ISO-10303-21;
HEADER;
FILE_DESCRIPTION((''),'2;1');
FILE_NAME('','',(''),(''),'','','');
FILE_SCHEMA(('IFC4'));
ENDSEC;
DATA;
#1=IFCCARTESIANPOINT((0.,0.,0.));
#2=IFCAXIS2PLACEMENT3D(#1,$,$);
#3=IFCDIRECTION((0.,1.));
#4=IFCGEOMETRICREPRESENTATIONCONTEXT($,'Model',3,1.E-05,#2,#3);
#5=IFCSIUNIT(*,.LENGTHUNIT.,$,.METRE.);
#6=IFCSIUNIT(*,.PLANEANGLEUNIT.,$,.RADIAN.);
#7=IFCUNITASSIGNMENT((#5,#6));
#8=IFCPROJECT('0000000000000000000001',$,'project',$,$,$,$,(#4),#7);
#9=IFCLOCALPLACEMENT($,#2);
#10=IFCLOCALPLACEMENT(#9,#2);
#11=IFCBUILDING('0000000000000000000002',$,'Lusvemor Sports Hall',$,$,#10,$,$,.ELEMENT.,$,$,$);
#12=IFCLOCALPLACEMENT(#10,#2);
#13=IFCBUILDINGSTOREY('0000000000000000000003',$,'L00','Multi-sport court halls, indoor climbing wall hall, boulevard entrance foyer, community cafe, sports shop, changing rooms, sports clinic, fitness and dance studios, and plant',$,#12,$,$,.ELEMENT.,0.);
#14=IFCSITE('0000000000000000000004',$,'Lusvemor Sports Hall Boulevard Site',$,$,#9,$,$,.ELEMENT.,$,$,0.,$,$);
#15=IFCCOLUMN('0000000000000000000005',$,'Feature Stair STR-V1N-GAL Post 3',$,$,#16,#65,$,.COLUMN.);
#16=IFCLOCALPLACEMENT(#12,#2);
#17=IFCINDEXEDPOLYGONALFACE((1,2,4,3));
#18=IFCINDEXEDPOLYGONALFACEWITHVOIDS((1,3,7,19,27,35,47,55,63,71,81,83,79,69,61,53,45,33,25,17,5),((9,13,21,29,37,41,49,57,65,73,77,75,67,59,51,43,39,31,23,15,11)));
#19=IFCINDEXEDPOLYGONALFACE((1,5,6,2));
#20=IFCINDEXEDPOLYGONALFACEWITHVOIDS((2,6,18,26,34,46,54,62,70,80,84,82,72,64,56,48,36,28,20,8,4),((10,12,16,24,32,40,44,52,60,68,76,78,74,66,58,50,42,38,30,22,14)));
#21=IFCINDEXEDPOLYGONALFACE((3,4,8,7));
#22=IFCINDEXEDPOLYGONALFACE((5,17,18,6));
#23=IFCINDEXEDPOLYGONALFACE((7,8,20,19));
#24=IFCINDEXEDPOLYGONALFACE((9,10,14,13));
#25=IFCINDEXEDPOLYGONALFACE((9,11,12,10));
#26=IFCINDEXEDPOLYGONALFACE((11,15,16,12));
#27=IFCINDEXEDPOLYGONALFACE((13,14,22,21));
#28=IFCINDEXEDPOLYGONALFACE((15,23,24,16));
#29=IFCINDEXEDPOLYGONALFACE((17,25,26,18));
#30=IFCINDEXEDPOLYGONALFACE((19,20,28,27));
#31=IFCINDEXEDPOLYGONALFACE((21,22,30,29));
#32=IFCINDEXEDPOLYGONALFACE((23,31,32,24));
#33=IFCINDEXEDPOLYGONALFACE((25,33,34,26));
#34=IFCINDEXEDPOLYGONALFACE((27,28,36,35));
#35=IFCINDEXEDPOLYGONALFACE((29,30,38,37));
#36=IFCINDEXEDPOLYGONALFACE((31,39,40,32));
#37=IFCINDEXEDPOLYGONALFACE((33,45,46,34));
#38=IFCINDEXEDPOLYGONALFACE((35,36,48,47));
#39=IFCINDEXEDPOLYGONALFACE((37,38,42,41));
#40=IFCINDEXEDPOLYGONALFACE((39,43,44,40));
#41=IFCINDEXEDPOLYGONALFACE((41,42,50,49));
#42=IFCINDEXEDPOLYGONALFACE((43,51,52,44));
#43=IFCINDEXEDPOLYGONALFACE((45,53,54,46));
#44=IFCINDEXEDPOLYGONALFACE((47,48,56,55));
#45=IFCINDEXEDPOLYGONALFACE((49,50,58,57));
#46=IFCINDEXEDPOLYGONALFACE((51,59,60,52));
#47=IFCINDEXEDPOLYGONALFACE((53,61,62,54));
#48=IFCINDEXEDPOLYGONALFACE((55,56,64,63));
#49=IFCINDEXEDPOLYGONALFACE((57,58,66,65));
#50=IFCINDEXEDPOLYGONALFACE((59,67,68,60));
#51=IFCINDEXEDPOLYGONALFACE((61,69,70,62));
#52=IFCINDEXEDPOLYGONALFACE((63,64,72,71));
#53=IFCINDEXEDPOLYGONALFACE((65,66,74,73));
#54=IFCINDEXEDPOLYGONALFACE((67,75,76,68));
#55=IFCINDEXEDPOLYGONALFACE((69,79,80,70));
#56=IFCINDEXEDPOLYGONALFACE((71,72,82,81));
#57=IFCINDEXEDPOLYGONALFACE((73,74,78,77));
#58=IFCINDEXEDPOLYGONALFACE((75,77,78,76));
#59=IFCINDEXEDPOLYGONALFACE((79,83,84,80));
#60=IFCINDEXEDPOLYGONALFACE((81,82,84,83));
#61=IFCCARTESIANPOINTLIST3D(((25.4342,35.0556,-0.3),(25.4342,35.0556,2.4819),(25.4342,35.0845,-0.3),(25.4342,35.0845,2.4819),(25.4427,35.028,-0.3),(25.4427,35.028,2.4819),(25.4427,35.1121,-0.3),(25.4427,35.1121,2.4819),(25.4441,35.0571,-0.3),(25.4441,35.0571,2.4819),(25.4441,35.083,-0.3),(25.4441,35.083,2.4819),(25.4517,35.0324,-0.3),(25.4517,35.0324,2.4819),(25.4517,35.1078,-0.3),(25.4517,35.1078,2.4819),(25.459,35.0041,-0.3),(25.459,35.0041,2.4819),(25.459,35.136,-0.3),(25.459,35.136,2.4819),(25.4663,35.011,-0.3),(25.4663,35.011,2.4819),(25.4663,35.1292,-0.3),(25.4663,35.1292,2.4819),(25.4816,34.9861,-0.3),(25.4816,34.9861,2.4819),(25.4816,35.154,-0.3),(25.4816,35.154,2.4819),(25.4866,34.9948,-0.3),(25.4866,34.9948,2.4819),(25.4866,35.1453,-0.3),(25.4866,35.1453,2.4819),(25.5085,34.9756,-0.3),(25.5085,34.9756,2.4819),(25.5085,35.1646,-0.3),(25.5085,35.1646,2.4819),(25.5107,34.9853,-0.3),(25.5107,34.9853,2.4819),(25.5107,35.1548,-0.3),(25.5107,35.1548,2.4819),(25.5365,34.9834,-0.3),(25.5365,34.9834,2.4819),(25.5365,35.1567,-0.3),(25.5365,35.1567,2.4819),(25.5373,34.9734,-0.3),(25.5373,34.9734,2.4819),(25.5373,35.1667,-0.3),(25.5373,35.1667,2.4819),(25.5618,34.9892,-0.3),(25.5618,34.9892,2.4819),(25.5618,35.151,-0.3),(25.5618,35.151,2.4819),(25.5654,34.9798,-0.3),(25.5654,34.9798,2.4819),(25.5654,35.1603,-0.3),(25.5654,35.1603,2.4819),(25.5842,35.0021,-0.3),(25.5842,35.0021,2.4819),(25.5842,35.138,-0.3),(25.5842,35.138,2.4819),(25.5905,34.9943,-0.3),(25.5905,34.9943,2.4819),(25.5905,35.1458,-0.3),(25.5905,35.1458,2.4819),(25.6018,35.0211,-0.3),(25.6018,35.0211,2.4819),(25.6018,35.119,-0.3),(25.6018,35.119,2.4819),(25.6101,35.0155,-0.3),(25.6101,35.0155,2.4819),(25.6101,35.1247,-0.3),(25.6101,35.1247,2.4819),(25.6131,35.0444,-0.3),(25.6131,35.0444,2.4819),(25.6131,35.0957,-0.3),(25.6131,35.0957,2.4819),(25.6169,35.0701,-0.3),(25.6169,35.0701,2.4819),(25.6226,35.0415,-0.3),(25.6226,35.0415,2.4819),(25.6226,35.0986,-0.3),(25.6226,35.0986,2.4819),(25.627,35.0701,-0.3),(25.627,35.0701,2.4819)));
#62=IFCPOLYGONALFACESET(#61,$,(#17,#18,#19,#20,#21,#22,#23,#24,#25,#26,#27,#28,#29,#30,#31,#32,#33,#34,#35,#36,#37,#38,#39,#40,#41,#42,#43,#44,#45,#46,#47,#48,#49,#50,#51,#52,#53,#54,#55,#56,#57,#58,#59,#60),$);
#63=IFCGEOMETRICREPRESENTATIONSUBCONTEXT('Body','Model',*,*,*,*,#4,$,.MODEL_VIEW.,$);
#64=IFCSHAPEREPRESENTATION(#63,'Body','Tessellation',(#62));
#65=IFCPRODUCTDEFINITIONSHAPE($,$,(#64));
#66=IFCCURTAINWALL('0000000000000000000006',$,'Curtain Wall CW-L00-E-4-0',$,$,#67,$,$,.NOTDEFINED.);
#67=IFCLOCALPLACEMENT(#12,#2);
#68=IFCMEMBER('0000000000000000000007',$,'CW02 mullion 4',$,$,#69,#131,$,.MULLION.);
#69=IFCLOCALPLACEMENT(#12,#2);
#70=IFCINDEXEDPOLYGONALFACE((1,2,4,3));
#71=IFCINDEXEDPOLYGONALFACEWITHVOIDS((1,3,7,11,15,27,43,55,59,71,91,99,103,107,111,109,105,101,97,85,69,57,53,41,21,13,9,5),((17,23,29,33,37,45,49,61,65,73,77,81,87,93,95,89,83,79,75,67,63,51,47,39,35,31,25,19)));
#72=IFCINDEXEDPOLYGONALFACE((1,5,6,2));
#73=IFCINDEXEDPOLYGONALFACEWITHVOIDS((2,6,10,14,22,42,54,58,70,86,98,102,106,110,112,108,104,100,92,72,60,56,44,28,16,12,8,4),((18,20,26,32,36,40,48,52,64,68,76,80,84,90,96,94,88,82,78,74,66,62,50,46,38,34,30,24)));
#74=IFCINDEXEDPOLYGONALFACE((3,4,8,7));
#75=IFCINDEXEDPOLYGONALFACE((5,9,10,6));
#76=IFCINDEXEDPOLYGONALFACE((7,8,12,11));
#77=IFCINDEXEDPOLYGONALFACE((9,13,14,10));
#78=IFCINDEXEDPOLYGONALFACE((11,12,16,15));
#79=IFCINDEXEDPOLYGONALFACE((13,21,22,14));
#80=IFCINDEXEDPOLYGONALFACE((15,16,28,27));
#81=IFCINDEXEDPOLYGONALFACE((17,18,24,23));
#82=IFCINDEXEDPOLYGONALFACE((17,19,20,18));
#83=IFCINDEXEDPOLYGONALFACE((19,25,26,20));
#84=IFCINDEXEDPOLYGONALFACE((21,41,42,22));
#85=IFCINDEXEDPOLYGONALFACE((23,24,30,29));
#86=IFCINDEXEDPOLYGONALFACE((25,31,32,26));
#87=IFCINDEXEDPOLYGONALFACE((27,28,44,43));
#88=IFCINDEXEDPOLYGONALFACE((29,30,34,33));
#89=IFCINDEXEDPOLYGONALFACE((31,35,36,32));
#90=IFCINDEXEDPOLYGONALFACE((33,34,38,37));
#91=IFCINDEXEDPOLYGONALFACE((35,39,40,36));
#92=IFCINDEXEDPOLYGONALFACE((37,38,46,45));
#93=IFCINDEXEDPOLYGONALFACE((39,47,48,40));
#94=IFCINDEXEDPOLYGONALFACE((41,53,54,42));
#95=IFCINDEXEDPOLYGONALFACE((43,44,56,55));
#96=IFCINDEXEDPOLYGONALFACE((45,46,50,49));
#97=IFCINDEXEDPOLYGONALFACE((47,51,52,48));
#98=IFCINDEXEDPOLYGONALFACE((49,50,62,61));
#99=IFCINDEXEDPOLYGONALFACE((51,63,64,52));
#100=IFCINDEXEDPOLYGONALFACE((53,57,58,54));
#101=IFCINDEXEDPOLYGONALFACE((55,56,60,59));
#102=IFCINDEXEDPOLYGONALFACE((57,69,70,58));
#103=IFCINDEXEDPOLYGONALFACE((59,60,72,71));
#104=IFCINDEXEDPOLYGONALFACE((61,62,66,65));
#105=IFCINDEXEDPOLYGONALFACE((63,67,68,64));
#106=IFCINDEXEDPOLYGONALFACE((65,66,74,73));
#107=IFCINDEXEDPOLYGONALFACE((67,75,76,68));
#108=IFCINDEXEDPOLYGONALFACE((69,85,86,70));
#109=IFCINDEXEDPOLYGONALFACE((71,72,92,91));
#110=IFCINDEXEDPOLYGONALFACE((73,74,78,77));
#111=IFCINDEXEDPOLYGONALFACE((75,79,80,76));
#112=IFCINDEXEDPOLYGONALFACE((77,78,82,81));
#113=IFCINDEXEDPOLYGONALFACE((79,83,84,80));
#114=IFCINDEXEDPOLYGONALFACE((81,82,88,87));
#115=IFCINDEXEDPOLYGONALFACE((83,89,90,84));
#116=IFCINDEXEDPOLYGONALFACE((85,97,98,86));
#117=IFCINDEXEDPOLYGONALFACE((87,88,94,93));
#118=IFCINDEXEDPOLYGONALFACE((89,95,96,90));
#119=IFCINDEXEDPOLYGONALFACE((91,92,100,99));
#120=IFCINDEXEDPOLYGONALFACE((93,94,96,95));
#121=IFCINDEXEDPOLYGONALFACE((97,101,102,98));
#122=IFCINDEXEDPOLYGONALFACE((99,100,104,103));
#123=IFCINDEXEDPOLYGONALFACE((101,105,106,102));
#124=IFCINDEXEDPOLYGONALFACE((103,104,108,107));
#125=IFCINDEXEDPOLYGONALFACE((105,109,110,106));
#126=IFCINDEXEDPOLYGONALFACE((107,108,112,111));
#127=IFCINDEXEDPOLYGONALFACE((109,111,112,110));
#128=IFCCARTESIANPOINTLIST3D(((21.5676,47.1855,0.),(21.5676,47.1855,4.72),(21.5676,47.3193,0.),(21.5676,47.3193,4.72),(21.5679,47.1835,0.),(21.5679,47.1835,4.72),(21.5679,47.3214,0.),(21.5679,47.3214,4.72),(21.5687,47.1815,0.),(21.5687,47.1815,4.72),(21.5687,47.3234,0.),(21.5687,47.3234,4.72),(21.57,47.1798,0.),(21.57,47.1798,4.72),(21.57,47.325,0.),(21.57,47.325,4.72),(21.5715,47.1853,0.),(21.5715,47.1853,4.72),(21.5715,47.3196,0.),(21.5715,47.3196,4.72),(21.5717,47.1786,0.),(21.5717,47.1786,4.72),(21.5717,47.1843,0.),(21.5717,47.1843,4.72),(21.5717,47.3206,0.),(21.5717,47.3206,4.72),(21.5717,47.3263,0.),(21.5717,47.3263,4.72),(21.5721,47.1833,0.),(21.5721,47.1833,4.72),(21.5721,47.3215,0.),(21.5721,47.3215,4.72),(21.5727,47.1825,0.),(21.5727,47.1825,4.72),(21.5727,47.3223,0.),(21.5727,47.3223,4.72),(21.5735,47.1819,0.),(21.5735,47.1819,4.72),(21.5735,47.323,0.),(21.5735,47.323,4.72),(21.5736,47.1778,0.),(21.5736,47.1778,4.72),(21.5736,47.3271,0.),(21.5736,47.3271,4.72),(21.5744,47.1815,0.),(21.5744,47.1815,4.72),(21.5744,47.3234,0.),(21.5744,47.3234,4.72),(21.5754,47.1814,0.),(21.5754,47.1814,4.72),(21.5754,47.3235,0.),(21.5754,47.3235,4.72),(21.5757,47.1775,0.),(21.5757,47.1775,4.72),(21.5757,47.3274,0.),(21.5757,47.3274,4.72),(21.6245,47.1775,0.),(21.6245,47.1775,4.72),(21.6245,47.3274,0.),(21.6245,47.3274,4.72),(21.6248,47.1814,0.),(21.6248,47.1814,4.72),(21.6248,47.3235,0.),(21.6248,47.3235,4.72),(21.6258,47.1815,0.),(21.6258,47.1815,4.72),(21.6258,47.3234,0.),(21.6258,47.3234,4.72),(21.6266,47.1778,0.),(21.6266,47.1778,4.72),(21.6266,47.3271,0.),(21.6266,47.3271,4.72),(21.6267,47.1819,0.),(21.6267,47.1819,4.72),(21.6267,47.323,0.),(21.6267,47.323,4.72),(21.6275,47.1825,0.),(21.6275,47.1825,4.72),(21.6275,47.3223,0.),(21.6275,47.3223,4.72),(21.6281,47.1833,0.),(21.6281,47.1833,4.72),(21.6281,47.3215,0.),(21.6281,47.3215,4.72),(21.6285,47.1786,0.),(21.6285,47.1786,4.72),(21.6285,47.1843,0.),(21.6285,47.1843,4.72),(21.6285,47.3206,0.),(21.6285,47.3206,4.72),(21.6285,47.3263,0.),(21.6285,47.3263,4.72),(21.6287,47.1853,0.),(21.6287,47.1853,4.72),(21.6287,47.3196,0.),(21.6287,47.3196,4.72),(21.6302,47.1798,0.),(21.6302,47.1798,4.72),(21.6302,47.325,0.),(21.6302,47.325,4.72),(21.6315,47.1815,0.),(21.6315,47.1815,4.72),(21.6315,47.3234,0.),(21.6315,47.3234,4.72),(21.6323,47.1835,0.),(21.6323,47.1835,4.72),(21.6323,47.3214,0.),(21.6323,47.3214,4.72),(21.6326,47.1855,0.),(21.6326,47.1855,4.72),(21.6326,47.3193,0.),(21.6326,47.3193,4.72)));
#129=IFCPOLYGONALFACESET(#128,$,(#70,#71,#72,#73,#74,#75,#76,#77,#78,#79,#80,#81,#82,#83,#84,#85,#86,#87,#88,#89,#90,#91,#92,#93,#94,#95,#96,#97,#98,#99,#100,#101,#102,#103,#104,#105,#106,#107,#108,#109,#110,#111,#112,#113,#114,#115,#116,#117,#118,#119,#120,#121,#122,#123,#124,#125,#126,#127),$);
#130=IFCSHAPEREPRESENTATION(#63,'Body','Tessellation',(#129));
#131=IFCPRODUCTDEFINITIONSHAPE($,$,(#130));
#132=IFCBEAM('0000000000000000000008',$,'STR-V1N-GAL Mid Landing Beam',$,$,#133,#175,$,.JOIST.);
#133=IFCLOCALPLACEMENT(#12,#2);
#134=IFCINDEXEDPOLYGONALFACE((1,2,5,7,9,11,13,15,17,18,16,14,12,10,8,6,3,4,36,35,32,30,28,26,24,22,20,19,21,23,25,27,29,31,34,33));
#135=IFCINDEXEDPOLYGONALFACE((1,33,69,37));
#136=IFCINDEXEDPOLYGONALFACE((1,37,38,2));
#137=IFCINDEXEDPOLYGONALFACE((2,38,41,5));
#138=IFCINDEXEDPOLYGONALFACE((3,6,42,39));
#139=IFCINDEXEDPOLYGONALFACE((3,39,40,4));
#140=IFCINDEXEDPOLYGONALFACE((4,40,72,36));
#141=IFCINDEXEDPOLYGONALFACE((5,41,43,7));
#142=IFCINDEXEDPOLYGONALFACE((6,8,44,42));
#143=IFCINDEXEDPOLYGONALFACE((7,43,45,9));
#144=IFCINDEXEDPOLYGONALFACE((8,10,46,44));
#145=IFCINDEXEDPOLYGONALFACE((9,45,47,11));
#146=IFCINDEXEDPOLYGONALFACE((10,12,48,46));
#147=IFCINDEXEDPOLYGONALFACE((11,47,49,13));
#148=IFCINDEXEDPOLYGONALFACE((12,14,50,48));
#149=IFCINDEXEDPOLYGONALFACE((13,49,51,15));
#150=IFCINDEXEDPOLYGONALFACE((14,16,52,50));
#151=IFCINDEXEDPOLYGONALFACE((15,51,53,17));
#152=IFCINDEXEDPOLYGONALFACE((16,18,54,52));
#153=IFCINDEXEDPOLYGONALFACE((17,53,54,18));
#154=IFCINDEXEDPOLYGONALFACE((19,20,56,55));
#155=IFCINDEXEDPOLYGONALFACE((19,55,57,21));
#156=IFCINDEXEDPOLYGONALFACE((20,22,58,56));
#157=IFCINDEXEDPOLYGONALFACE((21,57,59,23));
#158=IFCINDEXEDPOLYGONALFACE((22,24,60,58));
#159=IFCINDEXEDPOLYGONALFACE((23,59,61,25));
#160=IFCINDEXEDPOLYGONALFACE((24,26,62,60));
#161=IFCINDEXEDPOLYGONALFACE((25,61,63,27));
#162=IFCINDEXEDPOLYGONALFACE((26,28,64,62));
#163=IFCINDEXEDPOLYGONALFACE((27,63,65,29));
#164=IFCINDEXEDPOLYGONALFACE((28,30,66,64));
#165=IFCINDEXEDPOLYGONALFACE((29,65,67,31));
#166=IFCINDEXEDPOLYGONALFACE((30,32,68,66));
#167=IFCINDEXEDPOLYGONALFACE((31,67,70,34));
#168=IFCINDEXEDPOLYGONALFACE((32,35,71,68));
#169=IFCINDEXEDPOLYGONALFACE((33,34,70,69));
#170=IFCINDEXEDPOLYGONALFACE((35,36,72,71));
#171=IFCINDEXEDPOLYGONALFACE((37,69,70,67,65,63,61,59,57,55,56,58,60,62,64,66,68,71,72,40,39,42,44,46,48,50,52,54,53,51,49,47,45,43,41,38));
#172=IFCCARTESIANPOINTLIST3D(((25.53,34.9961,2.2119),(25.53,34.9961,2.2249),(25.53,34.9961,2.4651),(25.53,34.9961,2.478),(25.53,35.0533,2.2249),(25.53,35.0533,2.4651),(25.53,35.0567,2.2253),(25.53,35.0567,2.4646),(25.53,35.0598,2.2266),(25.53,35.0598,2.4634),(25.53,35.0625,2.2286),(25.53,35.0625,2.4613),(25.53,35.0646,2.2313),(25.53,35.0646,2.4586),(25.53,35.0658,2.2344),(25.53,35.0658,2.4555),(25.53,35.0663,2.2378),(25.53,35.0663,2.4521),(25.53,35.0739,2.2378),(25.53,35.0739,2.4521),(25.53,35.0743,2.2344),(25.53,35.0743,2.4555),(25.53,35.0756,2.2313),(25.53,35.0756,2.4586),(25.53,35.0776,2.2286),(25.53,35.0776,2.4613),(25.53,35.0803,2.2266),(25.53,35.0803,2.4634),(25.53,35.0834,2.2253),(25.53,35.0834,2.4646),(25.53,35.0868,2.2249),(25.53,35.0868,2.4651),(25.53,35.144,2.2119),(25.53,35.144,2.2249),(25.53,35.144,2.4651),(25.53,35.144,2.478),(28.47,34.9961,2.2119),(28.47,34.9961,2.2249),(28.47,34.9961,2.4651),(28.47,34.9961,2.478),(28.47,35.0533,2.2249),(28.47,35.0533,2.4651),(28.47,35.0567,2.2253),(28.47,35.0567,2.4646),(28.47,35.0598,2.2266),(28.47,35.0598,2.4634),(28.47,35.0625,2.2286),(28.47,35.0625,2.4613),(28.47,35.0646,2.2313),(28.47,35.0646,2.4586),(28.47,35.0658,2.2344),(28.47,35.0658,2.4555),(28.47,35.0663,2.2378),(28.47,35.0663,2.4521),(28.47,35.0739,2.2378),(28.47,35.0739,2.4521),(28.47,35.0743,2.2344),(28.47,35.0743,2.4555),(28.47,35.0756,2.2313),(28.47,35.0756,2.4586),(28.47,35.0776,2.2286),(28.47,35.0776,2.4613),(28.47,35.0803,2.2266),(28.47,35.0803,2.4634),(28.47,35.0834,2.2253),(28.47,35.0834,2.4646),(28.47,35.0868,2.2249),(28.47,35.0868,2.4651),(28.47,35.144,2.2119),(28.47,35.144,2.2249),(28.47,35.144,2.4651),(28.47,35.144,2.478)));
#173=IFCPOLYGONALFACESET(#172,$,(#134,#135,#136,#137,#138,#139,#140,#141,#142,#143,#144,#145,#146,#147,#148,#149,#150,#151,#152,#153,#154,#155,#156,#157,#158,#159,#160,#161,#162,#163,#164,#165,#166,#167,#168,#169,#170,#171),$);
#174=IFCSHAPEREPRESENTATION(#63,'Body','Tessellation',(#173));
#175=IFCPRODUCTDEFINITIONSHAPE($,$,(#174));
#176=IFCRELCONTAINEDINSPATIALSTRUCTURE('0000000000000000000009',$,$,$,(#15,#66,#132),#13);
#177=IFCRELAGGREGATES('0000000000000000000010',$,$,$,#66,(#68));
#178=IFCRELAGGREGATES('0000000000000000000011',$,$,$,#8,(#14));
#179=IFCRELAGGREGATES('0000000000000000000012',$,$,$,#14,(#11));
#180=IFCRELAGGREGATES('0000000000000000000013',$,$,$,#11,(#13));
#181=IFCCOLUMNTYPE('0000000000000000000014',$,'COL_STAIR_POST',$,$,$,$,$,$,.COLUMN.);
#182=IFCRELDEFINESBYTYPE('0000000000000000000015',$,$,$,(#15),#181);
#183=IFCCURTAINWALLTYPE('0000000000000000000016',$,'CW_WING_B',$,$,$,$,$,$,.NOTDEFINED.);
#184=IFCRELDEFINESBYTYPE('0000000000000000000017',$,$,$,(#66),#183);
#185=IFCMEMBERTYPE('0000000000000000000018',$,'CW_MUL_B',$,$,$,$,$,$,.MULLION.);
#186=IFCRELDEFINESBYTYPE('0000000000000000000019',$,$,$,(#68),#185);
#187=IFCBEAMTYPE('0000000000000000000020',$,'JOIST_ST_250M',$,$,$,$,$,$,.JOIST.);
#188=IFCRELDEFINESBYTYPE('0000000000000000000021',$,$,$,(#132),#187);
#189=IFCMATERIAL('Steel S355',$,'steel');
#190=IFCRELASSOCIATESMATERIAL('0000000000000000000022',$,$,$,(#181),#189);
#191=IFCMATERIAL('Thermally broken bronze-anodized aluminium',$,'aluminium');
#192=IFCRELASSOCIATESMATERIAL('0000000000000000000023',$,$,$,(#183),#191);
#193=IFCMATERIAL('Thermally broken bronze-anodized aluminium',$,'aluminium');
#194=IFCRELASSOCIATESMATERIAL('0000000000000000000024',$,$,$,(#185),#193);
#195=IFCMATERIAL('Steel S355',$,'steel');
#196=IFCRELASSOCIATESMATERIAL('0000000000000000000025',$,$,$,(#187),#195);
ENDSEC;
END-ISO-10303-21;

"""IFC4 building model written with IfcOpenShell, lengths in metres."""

from ifc_helpers import new_model, si_unit, direction, frame, origin, origin_2d, place, context, subcontext, project, spatial, hollow_rectangle, hollow_circle, i_section, extrude, material, material_profile, profile_set, type_object, element, aggregate, save


model = new_model("IFC4")

# Units and contexts
model_context = context("Model", 3, precision=1e-05, world=origin(), true_north=direction((0.0, 1.0)))
body_context = subcontext(model_context, "Body", "Model", "MODEL_VIEW")
ifc_project = project(units=[si_unit("LENGTHUNIT", "METRE"), si_unit("PLANEANGLEUNIT", "RADIAN")], contexts=[model_context])

# Site, building, storey
site_placement = place(None, origin())
site = spatial("IfcSite", under=ifc_project, at=site_placement, Name="Lusvemor Sports Hall Boulevard Site", CompositionType="ELEMENT", RefElevation=0.0)
building_placement = place(site_placement, origin())
building = spatial("IfcBuilding", under=site, at=building_placement, Name="Lusvemor Sports Hall", CompositionType="ELEMENT")
storey_placement = place(building_placement, origin())
storey = spatial("IfcBuildingStorey", under=building, at=storey_placement, Name="L00", Description="Multi-sport court halls, indoor climbing wall hall, boulevard entrance foyer, community cafe, sports shop, changing rooms, sports clinic, fitness and dance studios, and plant", CompositionType="ELEMENT", Elevation=0.0)

# Column
ifc_material_1 = material(Name="Steel S355", Category="steel")
ifc_material_profile_1 = material_profile(ifc_material_1, hollow_circle(Radius=0.0969, WallThickness=0.01, at=origin_2d()), Name="CHS193.7x10.0")
ifc_profile_set_1 = profile_set([ifc_material_profile_1], Name="Steel S355")
column_type = type_object("IfcColumnType", Name="COL_STAIR_POST", PredefinedType="COLUMN", material=ifc_profile_set_1)
for number, where, z_axis, x_axis, name in (
    (1, (25.53, 35.0701, -0.3), (0.0, 0.0, 1.0), (1.0, 0.0, 0.0), "Feature Stair STR-V1N-GAL Post 3"),
):
    element("IfcColumn", number, at=place(storey_placement, frame(where, z_axis=z_axis, x_axis=x_axis)), inside=storey, type_object=column_type, Name=name, PredefinedType="COLUMN", context=body_context, shape_type="SweptSolid", body=[
        extrude(hollow_circle(Radius=0.0969, WallThickness=0.01, at=origin_2d()), origin(), (0.0, 0.0, 1.0), 2.782),
    ])

# Curtain wall, member
ifc_material_2 = material(Name="Thermally broken bronze-anodized aluminium", Category="aluminium")
curtain_wall_type = type_object("IfcCurtainWallType", Name="CW_WING_B", PredefinedType="NOTDEFINED", material=ifc_material_2)
curtain_wall_placement = place(storey_placement, origin())
curtain_wall = element("IfcCurtainWall", 2, at=curtain_wall_placement, inside=storey, type_object=curtain_wall_type, Name="Curtain Wall CW-L00-E-4-0", PredefinedType="NOTDEFINED")
ifc_material_3 = material(Name="Thermally broken bronze-anodized aluminium", Category="aluminium")
ifc_material_profile_2 = material_profile(ifc_material_3, hollow_rectangle(XDim=0.0649, YDim=0.1499, WallThickness=0.0039, InnerFilletRadius=0.0039, OuterFilletRadius=0.0081, at=origin_2d()), Name="CWMUL150x65x4")
ifc_profile_set_2 = profile_set([ifc_material_profile_2], Name="Thermally broken bronze-anodized aluminium")
member_type = type_object("IfcMemberType", Name="CW_MUL_B", PredefinedType="MULLION", material=ifc_profile_set_2)
member_placement = place(storey_placement, frame((21.6001, 47.2524, 0.0), z_axis=(0.0, 0.0, 1.0), x_axis=(1.0, 0.0, 0.0)))
member = element("IfcMember", 3, at=member_placement, type_object=member_type, Name="CW02 mullion 4", PredefinedType="MULLION", context=body_context, shape_type="SweptSolid", body=[
    extrude(hollow_rectangle(XDim=0.0649, YDim=0.1499, WallThickness=0.0039, InnerFilletRadius=0.0039, OuterFilletRadius=0.0081, at=origin_2d()), origin(), (0.0, 0.0, 1.0), 4.72),
])

# Beam
ifc_material_4 = material(Name="Steel S355", Category="steel")
ifc_material_profile_3 = material_profile(ifc_material_4, i_section(OverallWidth=0.1479, OverallDepth=0.2661, WebThickness=0.0076, FlangeThickness=0.0129, FilletRadius=0.0129, at=origin_2d()), Name="W250x44.8")
ifc_profile_set_3 = profile_set([ifc_material_profile_3], Name="Steel S355")
beam_type = type_object("IfcBeamType", Name="JOIST_ST_250M", PredefinedType="JOIST", material=ifc_profile_set_3)
for number, where, z_axis, x_axis, name in (
    (4, (25.53, 35.0701, 2.345), (1.0, 0.0, 0.0), (0.0, 1.0, 0.0), "STR-V1N-GAL Mid Landing Beam"),
):
    element("IfcBeam", number, at=place(storey_placement, frame(where, z_axis=z_axis, x_axis=x_axis)), inside=storey, type_object=beam_type, Name=name, PredefinedType="JOIST", context=body_context, shape_type="SweptSolid", body=[
        extrude(i_section(OverallWidth=0.1479, OverallDepth=0.2661, WebThickness=0.0076, FlangeThickness=0.0129, FilletRadius=0.0129, at=origin_2d()), origin(), (0.0, 0.0, 1.0), 2.9399),
    ])

aggregate(curtain_wall, [member])

save(model, "model.ifc")
